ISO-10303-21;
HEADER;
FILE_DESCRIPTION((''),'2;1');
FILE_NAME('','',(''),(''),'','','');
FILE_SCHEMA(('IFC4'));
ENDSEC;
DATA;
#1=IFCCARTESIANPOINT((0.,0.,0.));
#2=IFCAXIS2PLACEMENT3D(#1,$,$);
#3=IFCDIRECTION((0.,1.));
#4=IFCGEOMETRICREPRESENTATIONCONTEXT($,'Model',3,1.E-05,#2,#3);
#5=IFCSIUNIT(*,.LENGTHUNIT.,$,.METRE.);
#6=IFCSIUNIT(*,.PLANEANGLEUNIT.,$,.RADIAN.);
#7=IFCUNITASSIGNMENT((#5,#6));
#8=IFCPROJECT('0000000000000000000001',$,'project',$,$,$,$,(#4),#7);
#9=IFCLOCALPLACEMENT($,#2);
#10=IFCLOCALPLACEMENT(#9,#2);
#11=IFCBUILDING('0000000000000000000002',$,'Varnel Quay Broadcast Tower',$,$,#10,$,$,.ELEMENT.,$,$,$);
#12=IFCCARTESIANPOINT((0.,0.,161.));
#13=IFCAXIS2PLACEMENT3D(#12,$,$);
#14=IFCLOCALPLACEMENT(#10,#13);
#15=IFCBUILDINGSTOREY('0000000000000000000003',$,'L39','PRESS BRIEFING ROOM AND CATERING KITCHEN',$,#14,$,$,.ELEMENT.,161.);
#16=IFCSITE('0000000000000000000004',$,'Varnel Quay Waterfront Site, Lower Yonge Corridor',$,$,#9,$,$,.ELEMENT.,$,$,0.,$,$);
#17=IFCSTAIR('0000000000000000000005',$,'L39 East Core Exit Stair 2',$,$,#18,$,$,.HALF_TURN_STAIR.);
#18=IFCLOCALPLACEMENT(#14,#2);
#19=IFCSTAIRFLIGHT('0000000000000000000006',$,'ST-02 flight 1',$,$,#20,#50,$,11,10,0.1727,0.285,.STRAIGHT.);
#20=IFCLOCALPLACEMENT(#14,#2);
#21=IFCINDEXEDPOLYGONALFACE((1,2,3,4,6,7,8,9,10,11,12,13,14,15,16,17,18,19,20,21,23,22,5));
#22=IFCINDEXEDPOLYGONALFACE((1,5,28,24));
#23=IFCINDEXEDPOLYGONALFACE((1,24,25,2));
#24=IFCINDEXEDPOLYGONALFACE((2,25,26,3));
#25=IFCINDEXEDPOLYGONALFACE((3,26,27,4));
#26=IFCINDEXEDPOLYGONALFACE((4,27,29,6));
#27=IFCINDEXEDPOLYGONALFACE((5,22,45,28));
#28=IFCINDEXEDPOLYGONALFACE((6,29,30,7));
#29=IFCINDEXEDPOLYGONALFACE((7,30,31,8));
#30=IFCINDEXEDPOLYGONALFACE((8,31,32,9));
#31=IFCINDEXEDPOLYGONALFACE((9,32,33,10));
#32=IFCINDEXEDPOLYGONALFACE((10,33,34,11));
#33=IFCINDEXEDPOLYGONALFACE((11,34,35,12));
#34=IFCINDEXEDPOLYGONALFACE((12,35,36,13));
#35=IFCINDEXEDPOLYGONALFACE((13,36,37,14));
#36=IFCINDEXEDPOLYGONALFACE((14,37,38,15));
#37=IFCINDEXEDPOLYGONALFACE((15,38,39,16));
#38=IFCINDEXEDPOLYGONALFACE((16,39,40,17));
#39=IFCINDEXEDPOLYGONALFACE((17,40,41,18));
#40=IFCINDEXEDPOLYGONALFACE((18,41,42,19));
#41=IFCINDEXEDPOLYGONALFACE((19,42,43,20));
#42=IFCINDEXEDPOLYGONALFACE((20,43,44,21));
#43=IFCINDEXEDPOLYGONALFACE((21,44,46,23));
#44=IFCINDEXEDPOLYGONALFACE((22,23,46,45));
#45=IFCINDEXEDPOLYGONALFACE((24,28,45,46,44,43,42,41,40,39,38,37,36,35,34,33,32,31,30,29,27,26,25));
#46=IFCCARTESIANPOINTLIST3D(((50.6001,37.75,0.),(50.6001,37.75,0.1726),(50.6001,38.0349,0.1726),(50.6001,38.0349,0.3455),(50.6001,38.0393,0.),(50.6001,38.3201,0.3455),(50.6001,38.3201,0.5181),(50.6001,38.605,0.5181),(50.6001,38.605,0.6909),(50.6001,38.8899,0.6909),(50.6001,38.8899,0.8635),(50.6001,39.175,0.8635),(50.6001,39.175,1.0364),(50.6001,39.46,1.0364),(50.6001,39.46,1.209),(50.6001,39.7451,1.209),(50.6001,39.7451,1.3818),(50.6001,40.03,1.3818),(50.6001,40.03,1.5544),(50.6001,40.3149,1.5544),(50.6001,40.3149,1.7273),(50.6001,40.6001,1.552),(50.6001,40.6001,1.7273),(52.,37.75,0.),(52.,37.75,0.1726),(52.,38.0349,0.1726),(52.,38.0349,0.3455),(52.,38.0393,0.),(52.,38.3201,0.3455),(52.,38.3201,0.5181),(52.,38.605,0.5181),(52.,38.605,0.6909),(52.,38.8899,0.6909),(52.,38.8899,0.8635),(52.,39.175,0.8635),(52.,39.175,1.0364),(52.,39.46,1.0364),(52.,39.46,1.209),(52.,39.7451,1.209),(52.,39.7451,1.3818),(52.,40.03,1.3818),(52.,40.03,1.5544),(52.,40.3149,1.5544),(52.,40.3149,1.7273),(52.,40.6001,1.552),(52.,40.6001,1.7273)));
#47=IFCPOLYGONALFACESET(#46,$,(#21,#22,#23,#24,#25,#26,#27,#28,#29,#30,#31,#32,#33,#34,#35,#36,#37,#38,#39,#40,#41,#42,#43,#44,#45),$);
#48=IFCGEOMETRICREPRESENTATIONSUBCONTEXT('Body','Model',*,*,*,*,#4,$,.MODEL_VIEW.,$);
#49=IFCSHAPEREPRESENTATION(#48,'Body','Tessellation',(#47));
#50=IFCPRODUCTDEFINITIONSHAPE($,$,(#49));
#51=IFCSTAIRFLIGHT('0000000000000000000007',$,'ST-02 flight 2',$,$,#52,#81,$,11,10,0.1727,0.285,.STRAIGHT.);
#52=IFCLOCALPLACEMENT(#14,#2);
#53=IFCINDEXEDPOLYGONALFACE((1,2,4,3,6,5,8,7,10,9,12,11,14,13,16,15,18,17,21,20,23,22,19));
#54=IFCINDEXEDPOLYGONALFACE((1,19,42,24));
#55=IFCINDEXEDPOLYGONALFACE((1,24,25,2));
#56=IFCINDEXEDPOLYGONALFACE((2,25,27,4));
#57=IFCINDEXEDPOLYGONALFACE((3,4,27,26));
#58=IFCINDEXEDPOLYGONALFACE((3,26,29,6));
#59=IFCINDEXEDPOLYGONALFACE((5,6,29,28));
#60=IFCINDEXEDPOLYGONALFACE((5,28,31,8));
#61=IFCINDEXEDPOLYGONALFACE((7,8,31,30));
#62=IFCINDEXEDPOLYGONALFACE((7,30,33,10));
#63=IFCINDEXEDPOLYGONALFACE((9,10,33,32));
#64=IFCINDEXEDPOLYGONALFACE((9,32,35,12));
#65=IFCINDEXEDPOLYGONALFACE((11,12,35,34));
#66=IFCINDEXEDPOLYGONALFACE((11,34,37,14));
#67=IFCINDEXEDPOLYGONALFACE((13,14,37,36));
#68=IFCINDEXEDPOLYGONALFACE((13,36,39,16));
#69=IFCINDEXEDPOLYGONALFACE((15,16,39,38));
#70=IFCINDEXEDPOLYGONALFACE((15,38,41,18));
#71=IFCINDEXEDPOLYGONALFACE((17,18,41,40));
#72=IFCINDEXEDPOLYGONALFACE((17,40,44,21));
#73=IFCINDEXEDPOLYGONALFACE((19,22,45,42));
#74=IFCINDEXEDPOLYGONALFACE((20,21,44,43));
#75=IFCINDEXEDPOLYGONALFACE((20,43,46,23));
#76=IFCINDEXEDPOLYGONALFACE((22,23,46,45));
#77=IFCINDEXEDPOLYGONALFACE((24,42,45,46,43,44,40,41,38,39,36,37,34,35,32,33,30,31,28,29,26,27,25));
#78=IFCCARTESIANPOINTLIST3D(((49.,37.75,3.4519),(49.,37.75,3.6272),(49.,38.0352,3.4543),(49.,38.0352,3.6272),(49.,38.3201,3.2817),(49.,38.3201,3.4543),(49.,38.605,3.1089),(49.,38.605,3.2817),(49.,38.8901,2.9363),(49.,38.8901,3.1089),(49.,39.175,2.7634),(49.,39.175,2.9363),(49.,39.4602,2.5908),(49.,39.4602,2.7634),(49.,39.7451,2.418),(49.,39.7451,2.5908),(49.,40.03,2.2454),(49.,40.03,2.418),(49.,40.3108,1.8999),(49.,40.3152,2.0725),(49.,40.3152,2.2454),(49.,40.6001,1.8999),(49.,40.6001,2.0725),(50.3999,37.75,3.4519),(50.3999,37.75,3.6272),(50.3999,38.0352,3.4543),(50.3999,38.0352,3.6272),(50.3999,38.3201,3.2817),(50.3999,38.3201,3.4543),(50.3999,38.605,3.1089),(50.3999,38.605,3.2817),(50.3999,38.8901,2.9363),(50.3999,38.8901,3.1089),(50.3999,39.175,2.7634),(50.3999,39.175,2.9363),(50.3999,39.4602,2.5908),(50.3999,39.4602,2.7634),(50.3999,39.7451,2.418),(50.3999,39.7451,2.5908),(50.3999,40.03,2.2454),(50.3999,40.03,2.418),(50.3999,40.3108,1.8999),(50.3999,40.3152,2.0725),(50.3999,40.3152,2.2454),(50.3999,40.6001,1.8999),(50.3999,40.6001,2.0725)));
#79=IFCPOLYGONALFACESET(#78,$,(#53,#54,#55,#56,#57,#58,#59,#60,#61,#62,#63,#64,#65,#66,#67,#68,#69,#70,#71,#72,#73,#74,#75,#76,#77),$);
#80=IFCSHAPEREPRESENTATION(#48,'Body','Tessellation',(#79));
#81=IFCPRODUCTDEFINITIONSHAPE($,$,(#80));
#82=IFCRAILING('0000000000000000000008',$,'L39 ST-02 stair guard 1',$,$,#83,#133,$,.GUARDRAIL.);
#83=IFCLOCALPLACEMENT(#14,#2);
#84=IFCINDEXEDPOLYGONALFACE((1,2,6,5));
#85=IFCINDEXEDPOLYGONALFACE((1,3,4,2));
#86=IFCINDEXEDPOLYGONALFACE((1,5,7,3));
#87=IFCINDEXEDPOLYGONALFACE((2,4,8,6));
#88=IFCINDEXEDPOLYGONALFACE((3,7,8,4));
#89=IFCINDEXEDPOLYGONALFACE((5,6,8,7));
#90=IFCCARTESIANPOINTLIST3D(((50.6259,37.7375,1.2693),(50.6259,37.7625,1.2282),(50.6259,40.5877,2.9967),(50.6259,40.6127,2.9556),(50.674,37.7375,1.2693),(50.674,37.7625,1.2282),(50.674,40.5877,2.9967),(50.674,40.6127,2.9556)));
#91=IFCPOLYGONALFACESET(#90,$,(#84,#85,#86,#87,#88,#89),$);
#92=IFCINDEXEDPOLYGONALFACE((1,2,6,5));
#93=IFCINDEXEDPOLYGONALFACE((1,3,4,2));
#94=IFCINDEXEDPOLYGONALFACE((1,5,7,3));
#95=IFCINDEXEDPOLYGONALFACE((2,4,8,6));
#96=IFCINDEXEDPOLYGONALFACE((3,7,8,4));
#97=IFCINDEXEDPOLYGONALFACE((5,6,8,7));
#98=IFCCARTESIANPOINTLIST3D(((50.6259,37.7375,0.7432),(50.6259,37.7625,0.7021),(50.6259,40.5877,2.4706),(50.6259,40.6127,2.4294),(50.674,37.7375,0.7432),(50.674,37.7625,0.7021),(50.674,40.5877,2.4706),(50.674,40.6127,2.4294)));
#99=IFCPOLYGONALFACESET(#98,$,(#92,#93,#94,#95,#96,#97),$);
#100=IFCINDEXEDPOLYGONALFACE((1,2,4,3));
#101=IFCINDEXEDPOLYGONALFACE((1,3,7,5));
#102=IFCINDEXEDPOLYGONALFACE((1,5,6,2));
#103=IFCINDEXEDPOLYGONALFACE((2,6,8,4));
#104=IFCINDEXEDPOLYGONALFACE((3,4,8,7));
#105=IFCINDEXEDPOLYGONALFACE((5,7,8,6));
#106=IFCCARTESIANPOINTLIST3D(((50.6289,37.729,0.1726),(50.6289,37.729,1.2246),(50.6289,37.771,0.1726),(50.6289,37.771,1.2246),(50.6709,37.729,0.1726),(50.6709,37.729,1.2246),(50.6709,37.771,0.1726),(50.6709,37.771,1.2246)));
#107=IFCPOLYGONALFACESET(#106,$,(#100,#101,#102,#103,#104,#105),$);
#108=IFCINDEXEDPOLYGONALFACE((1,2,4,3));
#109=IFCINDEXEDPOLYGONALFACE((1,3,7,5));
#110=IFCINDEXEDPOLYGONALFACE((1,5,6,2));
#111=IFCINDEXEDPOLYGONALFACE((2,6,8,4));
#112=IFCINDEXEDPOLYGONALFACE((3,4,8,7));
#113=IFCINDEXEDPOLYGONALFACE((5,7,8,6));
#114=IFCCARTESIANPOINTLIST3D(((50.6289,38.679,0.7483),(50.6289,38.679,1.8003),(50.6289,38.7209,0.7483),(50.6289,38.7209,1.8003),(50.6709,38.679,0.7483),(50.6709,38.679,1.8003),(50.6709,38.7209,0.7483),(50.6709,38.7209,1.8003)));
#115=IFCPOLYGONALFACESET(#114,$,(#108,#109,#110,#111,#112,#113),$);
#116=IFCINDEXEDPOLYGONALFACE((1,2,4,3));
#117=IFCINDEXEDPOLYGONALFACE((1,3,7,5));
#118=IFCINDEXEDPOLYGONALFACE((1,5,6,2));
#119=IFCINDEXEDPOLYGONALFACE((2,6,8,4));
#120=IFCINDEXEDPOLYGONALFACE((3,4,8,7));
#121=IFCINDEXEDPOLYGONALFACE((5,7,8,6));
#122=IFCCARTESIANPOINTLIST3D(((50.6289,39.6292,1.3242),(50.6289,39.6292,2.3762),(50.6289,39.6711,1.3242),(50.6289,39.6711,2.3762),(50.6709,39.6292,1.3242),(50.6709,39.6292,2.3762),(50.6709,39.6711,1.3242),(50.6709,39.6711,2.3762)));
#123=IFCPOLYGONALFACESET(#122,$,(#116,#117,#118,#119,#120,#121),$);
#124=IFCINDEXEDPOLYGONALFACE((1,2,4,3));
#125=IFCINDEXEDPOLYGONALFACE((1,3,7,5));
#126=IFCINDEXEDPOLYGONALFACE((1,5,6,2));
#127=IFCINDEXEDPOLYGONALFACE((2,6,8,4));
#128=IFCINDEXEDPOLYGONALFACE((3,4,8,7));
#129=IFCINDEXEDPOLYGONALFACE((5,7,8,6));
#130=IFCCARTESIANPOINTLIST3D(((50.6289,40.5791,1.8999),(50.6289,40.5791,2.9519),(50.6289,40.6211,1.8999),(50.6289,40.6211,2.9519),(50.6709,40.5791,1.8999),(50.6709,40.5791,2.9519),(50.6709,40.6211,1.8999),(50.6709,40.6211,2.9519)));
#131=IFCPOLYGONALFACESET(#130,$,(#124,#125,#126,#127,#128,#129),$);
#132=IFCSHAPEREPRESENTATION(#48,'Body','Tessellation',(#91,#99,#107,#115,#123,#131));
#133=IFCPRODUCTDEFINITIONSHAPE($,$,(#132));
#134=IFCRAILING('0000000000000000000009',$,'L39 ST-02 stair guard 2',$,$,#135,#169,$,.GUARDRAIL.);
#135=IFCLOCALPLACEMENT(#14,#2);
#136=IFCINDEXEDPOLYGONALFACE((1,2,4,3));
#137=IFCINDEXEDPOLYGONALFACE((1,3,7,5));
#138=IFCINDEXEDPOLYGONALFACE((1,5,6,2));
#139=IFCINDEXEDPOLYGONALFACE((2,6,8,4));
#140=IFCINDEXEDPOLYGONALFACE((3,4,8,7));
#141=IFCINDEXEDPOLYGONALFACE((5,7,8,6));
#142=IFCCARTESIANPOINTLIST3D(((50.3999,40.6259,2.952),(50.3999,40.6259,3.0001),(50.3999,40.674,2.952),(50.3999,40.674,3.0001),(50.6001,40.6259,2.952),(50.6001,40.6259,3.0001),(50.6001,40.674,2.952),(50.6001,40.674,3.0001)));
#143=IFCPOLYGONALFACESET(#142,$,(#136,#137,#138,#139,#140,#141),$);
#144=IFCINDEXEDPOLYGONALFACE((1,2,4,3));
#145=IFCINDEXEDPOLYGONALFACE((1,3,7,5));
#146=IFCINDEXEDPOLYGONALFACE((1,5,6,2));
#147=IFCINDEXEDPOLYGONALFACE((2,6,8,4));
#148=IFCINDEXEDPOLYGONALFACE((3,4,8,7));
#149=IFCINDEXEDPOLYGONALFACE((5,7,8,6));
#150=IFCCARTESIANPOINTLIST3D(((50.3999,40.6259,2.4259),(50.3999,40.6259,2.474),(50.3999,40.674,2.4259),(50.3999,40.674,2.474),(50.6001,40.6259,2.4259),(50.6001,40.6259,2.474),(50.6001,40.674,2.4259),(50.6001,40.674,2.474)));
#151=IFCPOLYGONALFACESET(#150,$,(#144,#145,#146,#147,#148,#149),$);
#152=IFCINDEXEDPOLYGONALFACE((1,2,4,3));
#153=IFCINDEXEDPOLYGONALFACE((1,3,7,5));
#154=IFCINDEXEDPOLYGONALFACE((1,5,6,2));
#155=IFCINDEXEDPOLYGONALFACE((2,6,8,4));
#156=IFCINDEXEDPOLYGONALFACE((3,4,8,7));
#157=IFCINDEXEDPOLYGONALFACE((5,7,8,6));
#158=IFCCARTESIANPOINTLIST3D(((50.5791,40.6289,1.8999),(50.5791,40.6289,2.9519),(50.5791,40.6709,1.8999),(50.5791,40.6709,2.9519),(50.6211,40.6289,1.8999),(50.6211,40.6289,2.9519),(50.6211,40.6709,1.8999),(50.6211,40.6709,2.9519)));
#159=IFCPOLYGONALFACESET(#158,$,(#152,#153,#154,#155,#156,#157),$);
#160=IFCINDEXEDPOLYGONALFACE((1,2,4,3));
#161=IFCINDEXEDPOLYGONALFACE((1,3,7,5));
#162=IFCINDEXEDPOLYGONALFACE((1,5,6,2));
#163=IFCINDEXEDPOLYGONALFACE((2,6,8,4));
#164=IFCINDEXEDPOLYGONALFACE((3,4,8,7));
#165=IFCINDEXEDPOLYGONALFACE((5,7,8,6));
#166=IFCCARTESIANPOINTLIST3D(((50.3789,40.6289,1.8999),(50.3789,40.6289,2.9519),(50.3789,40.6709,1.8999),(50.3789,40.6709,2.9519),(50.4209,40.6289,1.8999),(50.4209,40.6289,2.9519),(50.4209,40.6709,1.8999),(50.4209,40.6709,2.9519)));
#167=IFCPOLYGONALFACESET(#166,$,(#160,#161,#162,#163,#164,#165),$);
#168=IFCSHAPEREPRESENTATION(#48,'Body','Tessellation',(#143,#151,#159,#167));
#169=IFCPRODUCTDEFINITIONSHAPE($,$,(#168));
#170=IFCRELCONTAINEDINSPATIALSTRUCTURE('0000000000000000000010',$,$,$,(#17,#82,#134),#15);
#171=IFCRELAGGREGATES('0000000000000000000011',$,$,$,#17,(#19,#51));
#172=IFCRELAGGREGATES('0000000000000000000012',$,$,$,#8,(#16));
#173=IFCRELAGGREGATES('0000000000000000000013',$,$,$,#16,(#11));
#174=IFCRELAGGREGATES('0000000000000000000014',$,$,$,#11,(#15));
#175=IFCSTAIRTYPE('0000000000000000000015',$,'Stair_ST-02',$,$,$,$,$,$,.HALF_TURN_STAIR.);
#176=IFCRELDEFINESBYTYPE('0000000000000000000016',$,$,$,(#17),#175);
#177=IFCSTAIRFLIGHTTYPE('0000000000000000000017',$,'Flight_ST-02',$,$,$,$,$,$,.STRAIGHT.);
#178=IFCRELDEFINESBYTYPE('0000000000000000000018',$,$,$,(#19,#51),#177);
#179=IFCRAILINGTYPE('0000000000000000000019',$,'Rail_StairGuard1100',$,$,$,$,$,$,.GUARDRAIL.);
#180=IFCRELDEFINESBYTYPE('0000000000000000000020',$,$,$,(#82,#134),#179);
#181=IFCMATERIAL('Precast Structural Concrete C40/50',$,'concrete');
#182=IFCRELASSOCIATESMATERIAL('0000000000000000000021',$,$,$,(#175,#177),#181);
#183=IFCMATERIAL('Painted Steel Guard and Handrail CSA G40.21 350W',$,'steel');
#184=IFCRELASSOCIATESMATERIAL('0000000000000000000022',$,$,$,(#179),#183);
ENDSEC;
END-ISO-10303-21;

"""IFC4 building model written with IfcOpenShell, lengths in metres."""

from ifc_helpers import new_model, si_unit, direction, frame, origin, origin_2d, place, context, subcontext, project, spatial, polyline, rectangle, outline, extrude, material, type_object, element, aggregate, save


model = new_model("IFC4")

# Units and contexts
model_context = context("Model", 3, precision=1e-05, world=origin(), true_north=direction((0.0, 1.0)))
body_context = subcontext(model_context, "Body", "Model", "MODEL_VIEW")
ifc_project = project(units=[si_unit("LENGTHUNIT", "METRE"), si_unit("PLANEANGLEUNIT", "RADIAN")], contexts=[model_context])

# Site, building, storey
site_placement = place(None, origin())
site = spatial("IfcSite", under=ifc_project, at=site_placement, Name="Varnel Quay Waterfront Site, Lower Yonge Corridor", CompositionType="ELEMENT", RefElevation=0.0)
building_placement = place(site_placement, origin())
building = spatial("IfcBuilding", under=site, at=building_placement, Name="Varnel Quay Broadcast Tower", CompositionType="ELEMENT")
storey_placement = place(building_placement, frame((0.0, 0.0, 161.0)))
storey = spatial("IfcBuildingStorey", under=building, at=storey_placement, Name="L39", Description="PRESS BRIEFING ROOM AND CATERING KITCHEN", CompositionType="ELEMENT", Elevation=161.0)

# Stair, stair flights
ifc_material_1 = material(Name="Precast Structural Concrete C40/50", Category="concrete")
stair_type = type_object("IfcStairType", Name="Stair_ST-02", PredefinedType="HALF_TURN_STAIR", material=ifc_material_1)
stair_placement = place(storey_placement, origin())
stair = element("IfcStair", 1, at=stair_placement, inside=storey, type_object=stair_type, Name="L39 East Core Exit Stair 2", PredefinedType="HALF_TURN_STAIR")
stair_flight_type = type_object("IfcStairFlightType", Name="Flight_ST-02", PredefinedType="STRAIGHT", material=ifc_material_1)
stair_flight_1_placement = place(storey_placement, frame((51.3, 37.75, 0.0), z_axis=(0.0, 0.0, 1.0), x_axis=(0.0, 1.0, 0.0)))
stair_flight_1 = element("IfcStairFlight", 2, at=stair_flight_1_placement, type_object=stair_flight_type, Name="ST-02 flight 1", NumberOfRisers=11, NumberOfTreads=10, PredefinedType="STRAIGHT", RiserHeight=0.1727, TreadLength=0.285, context=body_context, shape_type="SweptSolid", body=[
    extrude(outline(polyline([(0.0, 0.0), (0.0, 0.1726), (0.2849, 0.1726), (0.2849, 0.3455), (0.5701, 0.3455), (0.5701, 0.5181), (0.855, 0.5181), (0.855, 0.6909), (1.1399, 0.6909), (1.1399, 0.8635), (1.425, 0.8635), (1.425, 1.0364), (1.71, 1.0364), (1.71, 1.209), (1.9951, 1.209), (1.9951, 1.3818), (2.28, 1.3818), (2.28, 1.5544), (2.5649, 1.5544), (2.5649, 1.7273), (2.8501, 1.7273), (2.8501, 1.8999), (2.8501, 1.552), (0.2893, 0.0), (0.0, 0.0)])), frame((0.0, 0.7, 0.0), z_axis=(0.0, -1.0, 0.0), x_axis=(1.0, 0.0, 0.0)), (0.0, 0.0, 1.0), 1.3999),
])
stair_flight_2_placement = place(storey_placement, frame((49.7, 40.6001, 1.8999), z_axis=(0.0, 0.0, 1.0), x_axis=(0.0, -1.0, 0.0)))
stair_flight_2 = element("IfcStairFlight", 3, at=stair_flight_2_placement, type_object=stair_flight_type, Name="ST-02 flight 2", NumberOfRisers=11, NumberOfTreads=10, PredefinedType="STRAIGHT", RiserHeight=0.1727, TreadLength=0.285, context=body_context, shape_type="SweptSolid", body=[
    extrude(outline(polyline([(0.0, 0.0), (0.0, 0.1726), (0.2849, 0.1726), (0.2849, 0.3455), (0.5701, 0.3455), (0.5701, 0.5181), (0.855, 0.5181), (0.855, 0.6909), (1.1399, 0.6909), (1.1399, 0.8635), (1.425, 0.8635), (1.425, 1.0364), (1.71, 1.0364), (1.71, 1.209), (1.9951, 1.209), (1.9951, 1.3818), (2.28, 1.3818), (2.28, 1.5544), (2.5649, 1.5544), (2.5649, 1.7273), (2.8501, 1.7273), (2.8501, 1.8999), (2.8501, 1.552), (0.2893, 0.0), (0.0, 0.0)])), frame((0.0, 0.7, 0.0), z_axis=(0.0, -1.0, 0.0), x_axis=(1.0, 0.0, 0.0)), (0.0, 0.0, 1.0), 1.3999),
])
aggregate(stair, [stair_flight_1, stair_flight_2])

# Railings
ifc_material_2 = material(Name="Painted Steel Guard and Handrail CSA G40.21 350W", Category="steel")
railing_type_1 = type_object("IfcRailingType", Name="Rail_StairGuard1100", PredefinedType="GUARDRAIL", material=ifc_material_2)
railing_1_placement = place(storey_placement, frame((50.6499, 37.75, 0.1726)))
element("IfcRailing", 4, at=railing_1_placement, inside=storey, type_object=railing_type_1, Name="L39 ST-02 stair guard 1", PredefinedType="GUARDRAIL", context=body_context, shape_type="SweptSolid", body=[
    extrude(rectangle(XDim=0.0481, YDim=0.0481, at=origin_2d()), frame((0.0, 0.0, 1.0762), z_axis=(0.0, 0.855203, 0.518294), x_axis=(-1.0, 0.0, 0.0)), (0.0, 0.0, 1.0), 3.3328),
    extrude(rectangle(XDim=0.0481, YDim=0.0481, at=origin_2d()), frame((0.0, 0.0, 0.55), z_axis=(0.0, 0.855203, 0.518294), x_axis=(-1.0, 0.0, 0.0)), (0.0, 0.0, 1.0), 3.3328),
    extrude(rectangle(XDim=0.042, YDim=0.042, at=origin_2d()), origin(), (0.0, 0.0, 1.0), 1.052),
    extrude(rectangle(XDim=0.042, YDim=0.042, at=origin_2d()), frame((0.0, 0.95, 0.5757)), (0.0, 0.0, 1.0), 1.052),
    extrude(rectangle(XDim=0.042, YDim=0.042, at=origin_2d()), frame((0.0, 1.9001, 1.1516)), (0.0, 0.0, 1.0), 1.052),
    extrude(rectangle(XDim=0.042, YDim=0.042, at=origin_2d()), frame((0.0, 2.8501, 1.7273)), (0.0, 0.0, 1.0), 1.052),
])
railing_2_placement = place(storey_placement, frame((50.6001, 40.6499, 1.8999)))
element("IfcRailing", 5, at=railing_2_placement, inside=storey, type_object=railing_type_1, Name="L39 ST-02 stair guard 2", PredefinedType="GUARDRAIL", context=body_context, shape_type="SweptSolid", body=[
    extrude(rectangle(XDim=0.0481, YDim=0.0481, at=origin_2d()), frame((0.0, 0.0, 1.0762), z_axis=(-1.0, 0.0, 0.0), x_axis=(0.0, -1.0, 0.0)), (0.0, 0.0, 1.0), 0.2002),
    extrude(rectangle(XDim=0.0481, YDim=0.0481, at=origin_2d()), frame((0.0, 0.0, 0.55), z_axis=(-1.0, 0.0, 0.0), x_axis=(0.0, -1.0, 0.0)), (0.0, 0.0, 1.0), 0.2002),
    extrude(rectangle(XDim=0.042, YDim=0.042, at=origin_2d()), origin(), (0.0, 0.0, 1.0), 1.052),
    extrude(rectangle(XDim=0.042, YDim=0.042, at=origin_2d()), frame((-0.2002, 0.0, 0.0)), (0.0, 0.0, 1.0), 1.052),
])

save(model, "model.ifc")
